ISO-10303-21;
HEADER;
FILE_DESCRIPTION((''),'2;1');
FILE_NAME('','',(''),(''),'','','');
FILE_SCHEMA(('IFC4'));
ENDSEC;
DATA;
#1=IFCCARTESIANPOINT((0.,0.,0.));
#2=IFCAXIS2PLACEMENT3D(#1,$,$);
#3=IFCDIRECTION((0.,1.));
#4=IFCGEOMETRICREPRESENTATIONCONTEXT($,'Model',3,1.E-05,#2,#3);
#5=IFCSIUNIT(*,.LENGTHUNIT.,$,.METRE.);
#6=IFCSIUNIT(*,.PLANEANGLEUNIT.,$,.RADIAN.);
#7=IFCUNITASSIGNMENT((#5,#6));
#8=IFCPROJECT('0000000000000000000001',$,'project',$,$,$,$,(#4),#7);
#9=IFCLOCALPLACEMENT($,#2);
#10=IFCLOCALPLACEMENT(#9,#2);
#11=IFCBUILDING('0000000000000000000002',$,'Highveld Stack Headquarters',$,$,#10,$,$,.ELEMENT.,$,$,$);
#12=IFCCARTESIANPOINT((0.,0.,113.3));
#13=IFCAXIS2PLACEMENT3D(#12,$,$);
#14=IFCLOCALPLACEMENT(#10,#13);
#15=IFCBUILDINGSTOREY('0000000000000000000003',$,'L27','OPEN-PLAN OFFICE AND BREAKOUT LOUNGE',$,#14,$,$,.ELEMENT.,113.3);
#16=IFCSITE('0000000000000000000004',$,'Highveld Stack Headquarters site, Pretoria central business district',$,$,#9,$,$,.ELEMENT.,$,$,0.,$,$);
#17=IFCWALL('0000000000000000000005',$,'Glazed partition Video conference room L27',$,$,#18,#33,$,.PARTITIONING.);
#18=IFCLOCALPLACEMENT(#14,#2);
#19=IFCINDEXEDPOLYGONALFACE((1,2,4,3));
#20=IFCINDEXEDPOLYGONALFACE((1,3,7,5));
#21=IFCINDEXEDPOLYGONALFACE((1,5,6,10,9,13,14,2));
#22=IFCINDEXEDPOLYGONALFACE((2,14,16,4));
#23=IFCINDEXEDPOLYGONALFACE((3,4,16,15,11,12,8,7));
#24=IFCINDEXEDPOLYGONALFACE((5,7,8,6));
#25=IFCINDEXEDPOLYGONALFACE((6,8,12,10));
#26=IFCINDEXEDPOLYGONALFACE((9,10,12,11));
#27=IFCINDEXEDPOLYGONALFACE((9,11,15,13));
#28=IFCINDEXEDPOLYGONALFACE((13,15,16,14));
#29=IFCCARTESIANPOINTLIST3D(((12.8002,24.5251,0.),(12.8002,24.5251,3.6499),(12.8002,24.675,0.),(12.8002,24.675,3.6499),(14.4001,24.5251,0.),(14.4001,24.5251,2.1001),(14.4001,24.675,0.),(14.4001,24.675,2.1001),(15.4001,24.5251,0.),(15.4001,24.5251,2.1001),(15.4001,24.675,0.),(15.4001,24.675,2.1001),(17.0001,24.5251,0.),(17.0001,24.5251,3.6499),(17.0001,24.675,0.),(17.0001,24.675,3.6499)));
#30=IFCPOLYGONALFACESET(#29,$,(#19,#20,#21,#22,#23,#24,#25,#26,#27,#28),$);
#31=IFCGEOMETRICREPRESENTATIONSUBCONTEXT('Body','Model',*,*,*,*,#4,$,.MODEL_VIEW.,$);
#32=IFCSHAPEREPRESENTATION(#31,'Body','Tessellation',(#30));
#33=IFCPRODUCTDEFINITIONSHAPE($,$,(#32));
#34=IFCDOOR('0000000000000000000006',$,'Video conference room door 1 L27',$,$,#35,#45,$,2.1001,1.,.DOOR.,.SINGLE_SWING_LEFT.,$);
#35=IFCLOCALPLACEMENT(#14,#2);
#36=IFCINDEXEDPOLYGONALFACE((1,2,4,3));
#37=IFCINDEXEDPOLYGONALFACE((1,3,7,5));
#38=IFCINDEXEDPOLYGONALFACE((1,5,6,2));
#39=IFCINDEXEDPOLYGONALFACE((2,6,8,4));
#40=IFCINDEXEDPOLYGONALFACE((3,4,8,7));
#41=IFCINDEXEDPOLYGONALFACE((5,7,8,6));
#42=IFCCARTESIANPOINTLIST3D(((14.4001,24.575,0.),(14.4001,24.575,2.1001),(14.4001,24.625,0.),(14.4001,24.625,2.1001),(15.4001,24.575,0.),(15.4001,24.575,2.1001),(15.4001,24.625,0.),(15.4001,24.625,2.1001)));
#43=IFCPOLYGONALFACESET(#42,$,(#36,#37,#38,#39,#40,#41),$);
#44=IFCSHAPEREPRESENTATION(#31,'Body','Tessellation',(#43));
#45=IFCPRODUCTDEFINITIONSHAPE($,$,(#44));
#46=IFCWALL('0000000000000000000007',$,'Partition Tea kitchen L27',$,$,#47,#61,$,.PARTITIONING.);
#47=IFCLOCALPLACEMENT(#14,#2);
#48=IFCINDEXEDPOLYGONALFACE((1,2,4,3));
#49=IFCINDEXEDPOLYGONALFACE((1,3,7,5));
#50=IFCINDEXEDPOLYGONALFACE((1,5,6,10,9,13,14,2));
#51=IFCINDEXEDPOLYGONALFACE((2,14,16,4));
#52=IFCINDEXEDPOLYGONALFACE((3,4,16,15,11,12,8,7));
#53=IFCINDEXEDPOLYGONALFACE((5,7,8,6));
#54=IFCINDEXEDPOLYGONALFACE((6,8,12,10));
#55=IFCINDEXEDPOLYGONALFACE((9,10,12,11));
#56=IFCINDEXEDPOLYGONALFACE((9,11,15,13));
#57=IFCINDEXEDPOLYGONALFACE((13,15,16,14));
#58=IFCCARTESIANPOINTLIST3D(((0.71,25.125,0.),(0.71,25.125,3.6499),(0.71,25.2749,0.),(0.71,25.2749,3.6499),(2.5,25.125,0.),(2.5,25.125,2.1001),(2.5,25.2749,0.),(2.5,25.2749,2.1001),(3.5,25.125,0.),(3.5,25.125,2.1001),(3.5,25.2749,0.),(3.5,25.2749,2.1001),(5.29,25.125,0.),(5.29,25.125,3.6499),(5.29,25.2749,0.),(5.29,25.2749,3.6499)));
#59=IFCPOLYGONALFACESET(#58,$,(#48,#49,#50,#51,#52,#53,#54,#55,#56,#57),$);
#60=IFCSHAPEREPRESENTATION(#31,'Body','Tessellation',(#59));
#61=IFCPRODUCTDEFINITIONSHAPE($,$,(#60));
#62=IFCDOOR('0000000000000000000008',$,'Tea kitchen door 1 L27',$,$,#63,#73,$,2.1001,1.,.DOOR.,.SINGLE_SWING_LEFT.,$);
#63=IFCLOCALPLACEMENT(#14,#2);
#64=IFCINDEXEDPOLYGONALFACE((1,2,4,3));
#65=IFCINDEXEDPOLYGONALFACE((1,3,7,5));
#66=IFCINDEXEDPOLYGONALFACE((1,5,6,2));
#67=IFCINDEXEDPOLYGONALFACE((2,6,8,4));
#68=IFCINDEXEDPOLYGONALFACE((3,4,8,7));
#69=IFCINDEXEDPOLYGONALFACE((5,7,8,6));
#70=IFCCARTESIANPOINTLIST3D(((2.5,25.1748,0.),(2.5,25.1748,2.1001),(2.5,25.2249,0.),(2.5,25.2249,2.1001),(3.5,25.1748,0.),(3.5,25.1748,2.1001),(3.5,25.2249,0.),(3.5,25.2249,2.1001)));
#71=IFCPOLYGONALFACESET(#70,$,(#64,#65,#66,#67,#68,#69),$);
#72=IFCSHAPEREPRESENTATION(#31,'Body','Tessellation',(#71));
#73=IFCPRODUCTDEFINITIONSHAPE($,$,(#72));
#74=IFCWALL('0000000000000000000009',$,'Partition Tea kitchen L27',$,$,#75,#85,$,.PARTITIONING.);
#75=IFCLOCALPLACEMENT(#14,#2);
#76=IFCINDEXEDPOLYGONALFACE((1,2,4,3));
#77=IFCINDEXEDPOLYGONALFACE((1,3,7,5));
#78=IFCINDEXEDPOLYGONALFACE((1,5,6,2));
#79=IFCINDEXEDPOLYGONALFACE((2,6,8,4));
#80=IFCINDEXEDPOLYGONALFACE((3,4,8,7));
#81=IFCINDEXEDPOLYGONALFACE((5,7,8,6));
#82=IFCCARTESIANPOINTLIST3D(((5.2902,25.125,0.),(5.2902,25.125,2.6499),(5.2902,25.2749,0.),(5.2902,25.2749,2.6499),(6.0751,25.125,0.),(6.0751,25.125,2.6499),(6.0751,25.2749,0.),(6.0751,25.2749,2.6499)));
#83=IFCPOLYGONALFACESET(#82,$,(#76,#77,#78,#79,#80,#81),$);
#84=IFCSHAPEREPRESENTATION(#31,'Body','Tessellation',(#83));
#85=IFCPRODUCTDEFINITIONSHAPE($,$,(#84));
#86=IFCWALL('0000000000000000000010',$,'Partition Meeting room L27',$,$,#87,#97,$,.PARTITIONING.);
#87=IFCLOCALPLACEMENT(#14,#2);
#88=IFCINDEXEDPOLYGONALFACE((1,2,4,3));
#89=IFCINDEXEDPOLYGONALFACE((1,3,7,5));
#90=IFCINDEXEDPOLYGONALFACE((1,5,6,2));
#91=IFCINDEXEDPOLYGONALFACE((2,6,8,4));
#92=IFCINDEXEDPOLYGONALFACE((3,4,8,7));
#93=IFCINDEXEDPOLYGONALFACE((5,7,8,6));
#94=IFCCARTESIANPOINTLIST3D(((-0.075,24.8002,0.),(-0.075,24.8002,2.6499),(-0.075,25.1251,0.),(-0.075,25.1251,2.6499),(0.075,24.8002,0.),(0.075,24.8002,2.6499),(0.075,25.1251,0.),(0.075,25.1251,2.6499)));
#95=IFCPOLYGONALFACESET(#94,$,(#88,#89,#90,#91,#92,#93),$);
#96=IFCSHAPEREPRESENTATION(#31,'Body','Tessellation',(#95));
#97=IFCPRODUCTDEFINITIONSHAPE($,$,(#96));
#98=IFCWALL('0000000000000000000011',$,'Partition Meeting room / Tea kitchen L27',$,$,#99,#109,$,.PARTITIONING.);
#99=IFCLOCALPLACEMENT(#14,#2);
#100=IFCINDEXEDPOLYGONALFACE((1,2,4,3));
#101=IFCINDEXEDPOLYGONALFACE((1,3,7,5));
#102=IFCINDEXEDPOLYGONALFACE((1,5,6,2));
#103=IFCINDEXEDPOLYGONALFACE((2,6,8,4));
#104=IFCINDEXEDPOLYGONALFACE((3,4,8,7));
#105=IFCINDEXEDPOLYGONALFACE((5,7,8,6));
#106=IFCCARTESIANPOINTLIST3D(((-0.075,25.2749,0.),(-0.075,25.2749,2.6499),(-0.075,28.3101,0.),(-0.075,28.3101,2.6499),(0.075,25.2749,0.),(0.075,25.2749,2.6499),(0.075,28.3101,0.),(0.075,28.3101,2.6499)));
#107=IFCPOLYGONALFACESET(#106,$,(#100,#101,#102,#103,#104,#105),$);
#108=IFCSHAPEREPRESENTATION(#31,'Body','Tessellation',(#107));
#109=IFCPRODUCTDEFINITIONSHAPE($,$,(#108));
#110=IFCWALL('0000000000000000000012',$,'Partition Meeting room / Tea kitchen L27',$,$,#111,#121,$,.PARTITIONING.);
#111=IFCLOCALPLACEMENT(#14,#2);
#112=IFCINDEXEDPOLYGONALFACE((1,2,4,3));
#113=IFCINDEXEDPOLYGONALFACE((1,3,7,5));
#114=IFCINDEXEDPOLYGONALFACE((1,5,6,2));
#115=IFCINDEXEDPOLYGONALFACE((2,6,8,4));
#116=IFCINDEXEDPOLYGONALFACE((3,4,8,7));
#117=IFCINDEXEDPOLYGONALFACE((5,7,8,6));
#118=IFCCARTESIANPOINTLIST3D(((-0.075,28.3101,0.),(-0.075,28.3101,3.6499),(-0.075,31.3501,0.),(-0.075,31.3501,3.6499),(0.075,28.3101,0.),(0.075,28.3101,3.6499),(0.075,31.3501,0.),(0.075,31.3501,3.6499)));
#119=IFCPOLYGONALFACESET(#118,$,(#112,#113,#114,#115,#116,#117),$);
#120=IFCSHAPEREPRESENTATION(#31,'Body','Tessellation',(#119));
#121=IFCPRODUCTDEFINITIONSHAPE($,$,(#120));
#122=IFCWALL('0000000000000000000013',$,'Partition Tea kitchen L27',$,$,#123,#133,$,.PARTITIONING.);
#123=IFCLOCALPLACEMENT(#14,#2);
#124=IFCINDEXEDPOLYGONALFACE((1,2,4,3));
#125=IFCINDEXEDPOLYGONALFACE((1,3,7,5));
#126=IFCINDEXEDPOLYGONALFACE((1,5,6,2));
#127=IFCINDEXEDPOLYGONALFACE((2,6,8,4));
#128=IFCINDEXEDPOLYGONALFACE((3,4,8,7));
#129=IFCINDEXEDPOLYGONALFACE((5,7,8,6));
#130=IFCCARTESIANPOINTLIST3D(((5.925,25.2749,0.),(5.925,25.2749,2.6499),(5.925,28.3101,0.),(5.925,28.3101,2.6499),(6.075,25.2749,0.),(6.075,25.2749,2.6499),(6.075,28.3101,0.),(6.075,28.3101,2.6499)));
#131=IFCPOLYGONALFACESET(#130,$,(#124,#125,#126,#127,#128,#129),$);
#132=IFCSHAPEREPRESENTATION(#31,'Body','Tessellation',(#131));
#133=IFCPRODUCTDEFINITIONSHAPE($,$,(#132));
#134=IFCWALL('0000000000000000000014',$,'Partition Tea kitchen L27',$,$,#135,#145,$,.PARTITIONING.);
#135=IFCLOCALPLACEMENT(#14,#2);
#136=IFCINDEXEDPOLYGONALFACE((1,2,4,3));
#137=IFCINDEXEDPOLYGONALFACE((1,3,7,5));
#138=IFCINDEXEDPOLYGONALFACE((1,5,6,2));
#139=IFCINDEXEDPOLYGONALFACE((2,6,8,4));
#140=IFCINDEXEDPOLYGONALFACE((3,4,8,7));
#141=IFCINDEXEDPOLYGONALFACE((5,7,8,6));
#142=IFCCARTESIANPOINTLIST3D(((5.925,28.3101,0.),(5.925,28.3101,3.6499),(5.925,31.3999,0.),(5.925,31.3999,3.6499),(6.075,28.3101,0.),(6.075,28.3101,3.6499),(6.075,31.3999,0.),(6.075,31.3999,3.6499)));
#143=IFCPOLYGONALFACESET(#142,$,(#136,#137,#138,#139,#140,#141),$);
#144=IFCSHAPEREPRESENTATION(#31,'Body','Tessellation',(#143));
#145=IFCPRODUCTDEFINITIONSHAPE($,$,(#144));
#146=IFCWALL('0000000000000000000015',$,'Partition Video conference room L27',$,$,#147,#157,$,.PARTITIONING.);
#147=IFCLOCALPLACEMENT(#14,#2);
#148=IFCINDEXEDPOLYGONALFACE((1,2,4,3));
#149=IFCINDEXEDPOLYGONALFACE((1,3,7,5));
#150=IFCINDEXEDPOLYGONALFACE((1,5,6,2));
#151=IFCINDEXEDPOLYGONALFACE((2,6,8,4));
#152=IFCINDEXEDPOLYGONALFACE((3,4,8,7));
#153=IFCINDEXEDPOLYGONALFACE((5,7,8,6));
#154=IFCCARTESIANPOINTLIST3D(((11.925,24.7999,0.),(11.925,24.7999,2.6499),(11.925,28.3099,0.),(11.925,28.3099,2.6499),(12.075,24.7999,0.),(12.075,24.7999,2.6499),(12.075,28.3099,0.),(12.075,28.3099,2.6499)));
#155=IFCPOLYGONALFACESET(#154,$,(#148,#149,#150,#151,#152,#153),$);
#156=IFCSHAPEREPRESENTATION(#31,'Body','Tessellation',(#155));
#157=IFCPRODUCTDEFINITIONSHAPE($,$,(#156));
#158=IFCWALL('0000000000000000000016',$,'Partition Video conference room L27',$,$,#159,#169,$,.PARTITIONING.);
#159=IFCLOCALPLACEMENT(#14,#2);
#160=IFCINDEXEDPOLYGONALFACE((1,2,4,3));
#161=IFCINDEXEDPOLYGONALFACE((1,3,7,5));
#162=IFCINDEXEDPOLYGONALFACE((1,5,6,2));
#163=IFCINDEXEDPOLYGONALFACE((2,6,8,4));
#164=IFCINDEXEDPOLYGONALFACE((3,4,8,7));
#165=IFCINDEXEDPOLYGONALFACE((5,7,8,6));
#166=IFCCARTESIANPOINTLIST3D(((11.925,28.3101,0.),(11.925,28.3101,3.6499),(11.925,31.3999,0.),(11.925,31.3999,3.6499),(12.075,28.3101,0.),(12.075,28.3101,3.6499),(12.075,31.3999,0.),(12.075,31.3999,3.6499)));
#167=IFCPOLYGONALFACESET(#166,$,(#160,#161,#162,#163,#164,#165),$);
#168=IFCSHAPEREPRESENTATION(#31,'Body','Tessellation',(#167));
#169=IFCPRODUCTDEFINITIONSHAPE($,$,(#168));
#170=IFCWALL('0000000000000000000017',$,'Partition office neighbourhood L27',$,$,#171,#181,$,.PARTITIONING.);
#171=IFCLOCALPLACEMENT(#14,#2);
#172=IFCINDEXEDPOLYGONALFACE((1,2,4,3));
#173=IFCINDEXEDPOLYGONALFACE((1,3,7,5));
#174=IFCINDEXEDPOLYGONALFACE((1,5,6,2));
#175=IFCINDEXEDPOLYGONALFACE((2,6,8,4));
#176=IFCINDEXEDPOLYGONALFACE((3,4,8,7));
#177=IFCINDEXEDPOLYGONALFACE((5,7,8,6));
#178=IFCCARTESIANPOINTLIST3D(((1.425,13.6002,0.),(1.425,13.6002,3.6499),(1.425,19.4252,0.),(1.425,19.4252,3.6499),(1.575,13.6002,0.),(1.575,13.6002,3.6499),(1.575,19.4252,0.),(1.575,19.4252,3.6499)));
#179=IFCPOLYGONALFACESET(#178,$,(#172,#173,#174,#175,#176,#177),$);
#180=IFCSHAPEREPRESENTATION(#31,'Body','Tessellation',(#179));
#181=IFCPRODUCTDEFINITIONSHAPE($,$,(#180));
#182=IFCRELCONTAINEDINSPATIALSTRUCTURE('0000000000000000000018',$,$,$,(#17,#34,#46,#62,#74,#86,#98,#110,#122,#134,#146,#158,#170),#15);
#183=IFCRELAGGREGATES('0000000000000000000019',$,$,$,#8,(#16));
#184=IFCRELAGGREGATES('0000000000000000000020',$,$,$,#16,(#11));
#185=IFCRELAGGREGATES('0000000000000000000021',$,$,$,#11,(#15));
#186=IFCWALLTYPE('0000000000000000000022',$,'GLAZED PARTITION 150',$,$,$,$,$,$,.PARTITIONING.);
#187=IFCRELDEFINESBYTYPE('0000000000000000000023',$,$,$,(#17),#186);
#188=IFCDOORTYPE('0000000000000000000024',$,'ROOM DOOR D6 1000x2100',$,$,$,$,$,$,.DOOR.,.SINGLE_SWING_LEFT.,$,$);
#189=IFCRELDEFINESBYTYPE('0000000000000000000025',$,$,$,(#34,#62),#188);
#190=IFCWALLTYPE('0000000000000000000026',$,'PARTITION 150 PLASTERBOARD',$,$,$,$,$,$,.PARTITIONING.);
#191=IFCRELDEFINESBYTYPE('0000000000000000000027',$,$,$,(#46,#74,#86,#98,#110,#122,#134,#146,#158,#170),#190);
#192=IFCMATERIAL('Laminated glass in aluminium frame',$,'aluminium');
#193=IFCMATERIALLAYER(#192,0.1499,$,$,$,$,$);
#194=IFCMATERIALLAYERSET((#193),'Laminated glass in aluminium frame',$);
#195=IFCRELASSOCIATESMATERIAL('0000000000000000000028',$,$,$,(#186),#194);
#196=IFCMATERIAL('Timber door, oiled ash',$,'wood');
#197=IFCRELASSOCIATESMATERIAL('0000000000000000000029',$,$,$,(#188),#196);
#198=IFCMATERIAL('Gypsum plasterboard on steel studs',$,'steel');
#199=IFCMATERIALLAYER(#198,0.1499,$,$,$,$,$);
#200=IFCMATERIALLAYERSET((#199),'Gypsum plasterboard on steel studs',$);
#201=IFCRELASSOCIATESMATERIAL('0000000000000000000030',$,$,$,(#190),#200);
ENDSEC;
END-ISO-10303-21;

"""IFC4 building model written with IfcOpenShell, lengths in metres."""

from ifc_helpers import new_model, si_unit, direction, frame, frame_2d, origin, place, context, subcontext, project, spatial, rectangle, extrude, material, layer, layer_set, type_object, element, fill, save


model = new_model("IFC4")

# Units and contexts
model_context = context("Model", 3, precision=1e-05, world=origin(), true_north=direction((0.0, 1.0)))
body_context = subcontext(model_context, "Body", "Model", "MODEL_VIEW")
ifc_project = project(units=[si_unit("LENGTHUNIT", "METRE"), si_unit("PLANEANGLEUNIT", "RADIAN")], contexts=[model_context])

# Site, building, storey
site_placement = place(None, origin())
site = spatial("IfcSite", under=ifc_project, at=site_placement, Name="Highveld Stack Headquarters site, Pretoria central business district", CompositionType="ELEMENT", RefElevation=0.0)
building_placement = place(site_placement, origin())
building = spatial("IfcBuilding", under=site, at=building_placement, Name="Highveld Stack Headquarters", CompositionType="ELEMENT")
storey_placement = place(building_placement, frame((0.0, 0.0, 113.3)))
storey = spatial("IfcBuildingStorey", under=building, at=storey_placement, Name="L27", Description="OPEN-PLAN OFFICE AND BREAKOUT LOUNGE", CompositionType="ELEMENT", Elevation=113.3)

# Walls, openings, doors
ifc_material_1 = material(Name="Laminated glass in aluminium frame", Category="aluminium")
ifc_layer_1 = layer(ifc_material_1, 0.1499)
ifc_layer_set_1 = layer_set([ifc_layer_1], Name="Laminated glass in aluminium frame")
wall_type_1 = type_object("IfcWallType", Name="GLAZED PARTITION 150", PredefinedType="PARTITIONING", material=ifc_layer_set_1)
wall_1_placement = place(storey_placement, frame((12.8, 24.6001, 0.0), z_axis=(0.0, 0.0, 1.0), x_axis=(1.0, 0.0, 0.0)))
wall_1 = element("IfcWall", 1, at=wall_1_placement, inside=storey, type_object=wall_type_1, Name="Glazed partition Video conference room L27", PredefinedType="PARTITIONING", context=body_context, shape_type="SweptSolid", body=[
    extrude(rectangle(XDim=4.2, YDim=0.1499, at=frame_2d((2.1001, 0.0))), origin(), (0.0, 0.0, 1.0), 3.6499),
])
opening_1_placement = place(wall_1_placement, frame((1.6001, 0.0, 0.0)))
opening_1 = element("IfcOpeningElement", 2, at=opening_1_placement, cuts=wall_1, PredefinedType="OPENING", context=body_context, shape_type="SweptSolid", body=[
    extrude(rectangle(XDim=1.0, YDim=2.1001, at=frame_2d((0.5, 1.05))), frame((0.0, 0.085, 0.0), z_axis=(0.0, -1.0, 0.0), x_axis=(1.0, 0.0, 0.0)), (0.0, 0.0, 1.0), 0.1699),
])
ifc_material_2 = material(Name="Timber door, oiled ash", Category="wood")
door_type = type_object("IfcDoorType", Name="ROOM DOOR D6 1000x2100", OperationType="SINGLE_SWING_LEFT", PredefinedType="DOOR", material=ifc_material_2)
door_1_placement = place(opening_1_placement, origin())
door_1 = element("IfcDoor", 3, at=door_1_placement, inside=storey, type_object=door_type, Name="Video conference room door 1 L27", OperationType="SINGLE_SWING_LEFT", OverallHeight=2.1001, OverallWidth=1.0, PredefinedType="DOOR", context=body_context, shape_type="SweptSolid", body=[
    extrude(rectangle(XDim=1.0, YDim=2.1001, at=frame_2d((0.5, 1.05))), frame((0.0, 0.0249, 0.0), z_axis=(0.0, -1.0, 0.0), x_axis=(1.0, 0.0, 0.0)), (0.0, 0.0, 1.0), 0.05),
])
fill(opening_1, door_1)
ifc_material_3 = material(Name="Gypsum plasterboard on steel studs", Category="steel")
ifc_layer_2 = layer(ifc_material_3, 0.1499)
ifc_layer_set_2 = layer_set([ifc_layer_2], Name="Gypsum plasterboard on steel studs")
wall_type_2 = type_object("IfcWallType", Name="PARTITION 150 PLASTERBOARD", PredefinedType="PARTITIONING", material=ifc_layer_set_2)
wall_2_placement = place(storey_placement, frame((0.71, 25.2, 0.0), z_axis=(0.0, 0.0, 1.0), x_axis=(1.0, 0.0, 0.0)))
wall_2 = element("IfcWall", 4, at=wall_2_placement, inside=storey, type_object=wall_type_2, Name="Partition Tea kitchen L27", PredefinedType="PARTITIONING", context=body_context, shape_type="SweptSolid", body=[
    extrude(rectangle(XDim=4.5801, YDim=0.1499, at=frame_2d((2.29, 0.0))), origin(), (0.0, 0.0, 1.0), 3.6499),
])
opening_2_placement = place(wall_2_placement, frame((1.79, 0.0, 0.0)))
opening_2 = element("IfcOpeningElement", 5, at=opening_2_placement, cuts=wall_2, PredefinedType="OPENING", context=body_context, shape_type="SweptSolid", body=[
    extrude(rectangle(XDim=1.0, YDim=2.1001, at=frame_2d((0.5, 1.05))), frame((0.0, 0.085, 0.0), z_axis=(0.0, -1.0, 0.0), x_axis=(1.0, 0.0, 0.0)), (0.0, 0.0, 1.0), 0.1699),
])
door_2_placement = place(opening_2_placement, origin())
door_2 = element("IfcDoor", 6, at=door_2_placement, inside=storey, type_object=door_type, Name="Tea kitchen door 1 L27", OperationType="SINGLE_SWING_LEFT", OverallHeight=2.1001, OverallWidth=1.0, PredefinedType="DOOR", context=body_context, shape_type="SweptSolid", body=[
    extrude(rectangle(XDim=1.0, YDim=2.1001, at=frame_2d((0.5, 1.05))), frame((0.0, 0.0249, 0.0), z_axis=(0.0, -1.0, 0.0), x_axis=(1.0, 0.0, 0.0)), (0.0, 0.0, 1.0), 0.05),
])
fill(opening_2, door_2)

# Walls
wall_3_placement = place(storey_placement, frame((5.29, 25.2, 0.0), z_axis=(0.0, 0.0, 1.0), x_axis=(1.0, 0.0, 0.0)))
element("IfcWall", 7, at=wall_3_placement, inside=storey, type_object=wall_type_2, Name="Partition Tea kitchen L27", PredefinedType="PARTITIONING", context=body_context, shape_type="SweptSolid", body=[
    extrude(rectangle(XDim=0.7849, YDim=0.1499, at=frame_2d((0.3926, 0.0))), origin(), (0.0, 0.0, 1.0), 2.6499),
])
wall_4_placement = place(storey_placement, frame((0.0, 24.8, 0.0), z_axis=(0.0, 0.0, 1.0), x_axis=(0.0, 1.0, 0.0)))
element("IfcWall", 8, at=wall_4_placement, inside=storey, type_object=wall_type_2, Name="Partition Meeting room L27", PredefinedType="PARTITIONING", context=body_context, shape_type="SweptSolid", body=[
    extrude(rectangle(XDim=0.325, YDim=0.1499, at=frame_2d((0.1626, 0.0))), origin(), (0.0, 0.0, 1.0), 2.6499),
])
wall_5_placement = place(storey_placement, frame((0.0, 25.2749, 0.0), z_axis=(0.0, 0.0, 1.0), x_axis=(0.0, 1.0, 0.0)))
element("IfcWall", 9, at=wall_5_placement, inside=storey, type_object=wall_type_2, Name="Partition Meeting room / Tea kitchen L27", PredefinedType="PARTITIONING", context=body_context, shape_type="SweptSolid", body=[
    extrude(rectangle(XDim=3.0352, YDim=0.1499, at=frame_2d((1.5176, 0.0))), origin(), (0.0, 0.0, 1.0), 2.6499),
])
wall_6_placement = place(storey_placement, frame((0.0, 28.3101, 0.0), z_axis=(0.0, 0.0, 1.0), x_axis=(0.0, 1.0, 0.0)))
element("IfcWall", 10, at=wall_6_placement, inside=storey, type_object=wall_type_2, Name="Partition Meeting room / Tea kitchen L27", PredefinedType="PARTITIONING", context=body_context, shape_type="SweptSolid", body=[
    extrude(rectangle(XDim=3.04, YDim=0.1499, at=frame_2d((1.52, 0.0))), origin(), (0.0, 0.0, 1.0), 3.6499),
])
wall_7_placement = place(storey_placement, frame((6.0, 25.2749, 0.0), z_axis=(0.0, 0.0, 1.0), x_axis=(0.0, 1.0, 0.0)))
element("IfcWall", 11, at=wall_7_placement, inside=storey, type_object=wall_type_2, Name="Partition Tea kitchen L27", PredefinedType="PARTITIONING", context=body_context, shape_type="SweptSolid", body=[
    extrude(rectangle(XDim=3.0352, YDim=0.1499, at=frame_2d((1.5176, 0.0))), origin(), (0.0, 0.0, 1.0), 2.6499),
])
wall_8_placement = place(storey_placement, frame((6.0, 28.3101, 0.0), z_axis=(0.0, 0.0, 1.0), x_axis=(0.0, 1.0, 0.0)))
element("IfcWall", 12, at=wall_8_placement, inside=storey, type_object=wall_type_2, Name="Partition Tea kitchen L27", PredefinedType="PARTITIONING", context=body_context, shape_type="SweptSolid", body=[
    extrude(rectangle(XDim=3.0898, YDim=0.1499, at=frame_2d((1.5449, 0.0))), origin(), (0.0, 0.0, 1.0), 3.6499),
])
wall_9_placement = place(storey_placement, frame((12.0, 24.8, 0.0), z_axis=(0.0, 0.0, 1.0), x_axis=(0.0, 1.0, 0.0)))
element("IfcWall", 13, at=wall_9_placement, inside=storey, type_object=wall_type_2, Name="Partition Video conference room L27", PredefinedType="PARTITIONING", context=body_context, shape_type="SweptSolid", body=[
    extrude(rectangle(XDim=3.51, YDim=0.1499, at=frame_2d((1.7549, 0.0))), origin(), (0.0, 0.0, 1.0), 2.6499),
])
wall_10_placement = place(storey_placement, frame((12.0, 28.3101, 0.0), z_axis=(0.0, 0.0, 1.0), x_axis=(0.0, 1.0, 0.0)))
element("IfcWall", 14, at=wall_10_placement, inside=storey, type_object=wall_type_2, Name="Partition Video conference room L27", PredefinedType="PARTITIONING", context=body_context, shape_type="SweptSolid", body=[
    extrude(rectangle(XDim=3.0898, YDim=0.1499, at=frame_2d((1.5449, 0.0))), origin(), (0.0, 0.0, 1.0), 3.6499),
])
wall_11_placement = place(storey_placement, frame((1.5, 13.6001, 0.0), z_axis=(0.0, 0.0, 1.0), x_axis=(0.0, 1.0, 0.0)))
element("IfcWall", 15, at=wall_11_placement, inside=storey, type_object=wall_type_2, Name="Partition office neighbourhood L27", PredefinedType="PARTITIONING", context=body_context, shape_type="SweptSolid", body=[
    extrude(rectangle(XDim=5.825, YDim=0.1499, at=frame_2d((2.9126, 0.0))), origin(), (0.0, 0.0, 1.0), 3.6499),
])

save(model, "model.ifc")
